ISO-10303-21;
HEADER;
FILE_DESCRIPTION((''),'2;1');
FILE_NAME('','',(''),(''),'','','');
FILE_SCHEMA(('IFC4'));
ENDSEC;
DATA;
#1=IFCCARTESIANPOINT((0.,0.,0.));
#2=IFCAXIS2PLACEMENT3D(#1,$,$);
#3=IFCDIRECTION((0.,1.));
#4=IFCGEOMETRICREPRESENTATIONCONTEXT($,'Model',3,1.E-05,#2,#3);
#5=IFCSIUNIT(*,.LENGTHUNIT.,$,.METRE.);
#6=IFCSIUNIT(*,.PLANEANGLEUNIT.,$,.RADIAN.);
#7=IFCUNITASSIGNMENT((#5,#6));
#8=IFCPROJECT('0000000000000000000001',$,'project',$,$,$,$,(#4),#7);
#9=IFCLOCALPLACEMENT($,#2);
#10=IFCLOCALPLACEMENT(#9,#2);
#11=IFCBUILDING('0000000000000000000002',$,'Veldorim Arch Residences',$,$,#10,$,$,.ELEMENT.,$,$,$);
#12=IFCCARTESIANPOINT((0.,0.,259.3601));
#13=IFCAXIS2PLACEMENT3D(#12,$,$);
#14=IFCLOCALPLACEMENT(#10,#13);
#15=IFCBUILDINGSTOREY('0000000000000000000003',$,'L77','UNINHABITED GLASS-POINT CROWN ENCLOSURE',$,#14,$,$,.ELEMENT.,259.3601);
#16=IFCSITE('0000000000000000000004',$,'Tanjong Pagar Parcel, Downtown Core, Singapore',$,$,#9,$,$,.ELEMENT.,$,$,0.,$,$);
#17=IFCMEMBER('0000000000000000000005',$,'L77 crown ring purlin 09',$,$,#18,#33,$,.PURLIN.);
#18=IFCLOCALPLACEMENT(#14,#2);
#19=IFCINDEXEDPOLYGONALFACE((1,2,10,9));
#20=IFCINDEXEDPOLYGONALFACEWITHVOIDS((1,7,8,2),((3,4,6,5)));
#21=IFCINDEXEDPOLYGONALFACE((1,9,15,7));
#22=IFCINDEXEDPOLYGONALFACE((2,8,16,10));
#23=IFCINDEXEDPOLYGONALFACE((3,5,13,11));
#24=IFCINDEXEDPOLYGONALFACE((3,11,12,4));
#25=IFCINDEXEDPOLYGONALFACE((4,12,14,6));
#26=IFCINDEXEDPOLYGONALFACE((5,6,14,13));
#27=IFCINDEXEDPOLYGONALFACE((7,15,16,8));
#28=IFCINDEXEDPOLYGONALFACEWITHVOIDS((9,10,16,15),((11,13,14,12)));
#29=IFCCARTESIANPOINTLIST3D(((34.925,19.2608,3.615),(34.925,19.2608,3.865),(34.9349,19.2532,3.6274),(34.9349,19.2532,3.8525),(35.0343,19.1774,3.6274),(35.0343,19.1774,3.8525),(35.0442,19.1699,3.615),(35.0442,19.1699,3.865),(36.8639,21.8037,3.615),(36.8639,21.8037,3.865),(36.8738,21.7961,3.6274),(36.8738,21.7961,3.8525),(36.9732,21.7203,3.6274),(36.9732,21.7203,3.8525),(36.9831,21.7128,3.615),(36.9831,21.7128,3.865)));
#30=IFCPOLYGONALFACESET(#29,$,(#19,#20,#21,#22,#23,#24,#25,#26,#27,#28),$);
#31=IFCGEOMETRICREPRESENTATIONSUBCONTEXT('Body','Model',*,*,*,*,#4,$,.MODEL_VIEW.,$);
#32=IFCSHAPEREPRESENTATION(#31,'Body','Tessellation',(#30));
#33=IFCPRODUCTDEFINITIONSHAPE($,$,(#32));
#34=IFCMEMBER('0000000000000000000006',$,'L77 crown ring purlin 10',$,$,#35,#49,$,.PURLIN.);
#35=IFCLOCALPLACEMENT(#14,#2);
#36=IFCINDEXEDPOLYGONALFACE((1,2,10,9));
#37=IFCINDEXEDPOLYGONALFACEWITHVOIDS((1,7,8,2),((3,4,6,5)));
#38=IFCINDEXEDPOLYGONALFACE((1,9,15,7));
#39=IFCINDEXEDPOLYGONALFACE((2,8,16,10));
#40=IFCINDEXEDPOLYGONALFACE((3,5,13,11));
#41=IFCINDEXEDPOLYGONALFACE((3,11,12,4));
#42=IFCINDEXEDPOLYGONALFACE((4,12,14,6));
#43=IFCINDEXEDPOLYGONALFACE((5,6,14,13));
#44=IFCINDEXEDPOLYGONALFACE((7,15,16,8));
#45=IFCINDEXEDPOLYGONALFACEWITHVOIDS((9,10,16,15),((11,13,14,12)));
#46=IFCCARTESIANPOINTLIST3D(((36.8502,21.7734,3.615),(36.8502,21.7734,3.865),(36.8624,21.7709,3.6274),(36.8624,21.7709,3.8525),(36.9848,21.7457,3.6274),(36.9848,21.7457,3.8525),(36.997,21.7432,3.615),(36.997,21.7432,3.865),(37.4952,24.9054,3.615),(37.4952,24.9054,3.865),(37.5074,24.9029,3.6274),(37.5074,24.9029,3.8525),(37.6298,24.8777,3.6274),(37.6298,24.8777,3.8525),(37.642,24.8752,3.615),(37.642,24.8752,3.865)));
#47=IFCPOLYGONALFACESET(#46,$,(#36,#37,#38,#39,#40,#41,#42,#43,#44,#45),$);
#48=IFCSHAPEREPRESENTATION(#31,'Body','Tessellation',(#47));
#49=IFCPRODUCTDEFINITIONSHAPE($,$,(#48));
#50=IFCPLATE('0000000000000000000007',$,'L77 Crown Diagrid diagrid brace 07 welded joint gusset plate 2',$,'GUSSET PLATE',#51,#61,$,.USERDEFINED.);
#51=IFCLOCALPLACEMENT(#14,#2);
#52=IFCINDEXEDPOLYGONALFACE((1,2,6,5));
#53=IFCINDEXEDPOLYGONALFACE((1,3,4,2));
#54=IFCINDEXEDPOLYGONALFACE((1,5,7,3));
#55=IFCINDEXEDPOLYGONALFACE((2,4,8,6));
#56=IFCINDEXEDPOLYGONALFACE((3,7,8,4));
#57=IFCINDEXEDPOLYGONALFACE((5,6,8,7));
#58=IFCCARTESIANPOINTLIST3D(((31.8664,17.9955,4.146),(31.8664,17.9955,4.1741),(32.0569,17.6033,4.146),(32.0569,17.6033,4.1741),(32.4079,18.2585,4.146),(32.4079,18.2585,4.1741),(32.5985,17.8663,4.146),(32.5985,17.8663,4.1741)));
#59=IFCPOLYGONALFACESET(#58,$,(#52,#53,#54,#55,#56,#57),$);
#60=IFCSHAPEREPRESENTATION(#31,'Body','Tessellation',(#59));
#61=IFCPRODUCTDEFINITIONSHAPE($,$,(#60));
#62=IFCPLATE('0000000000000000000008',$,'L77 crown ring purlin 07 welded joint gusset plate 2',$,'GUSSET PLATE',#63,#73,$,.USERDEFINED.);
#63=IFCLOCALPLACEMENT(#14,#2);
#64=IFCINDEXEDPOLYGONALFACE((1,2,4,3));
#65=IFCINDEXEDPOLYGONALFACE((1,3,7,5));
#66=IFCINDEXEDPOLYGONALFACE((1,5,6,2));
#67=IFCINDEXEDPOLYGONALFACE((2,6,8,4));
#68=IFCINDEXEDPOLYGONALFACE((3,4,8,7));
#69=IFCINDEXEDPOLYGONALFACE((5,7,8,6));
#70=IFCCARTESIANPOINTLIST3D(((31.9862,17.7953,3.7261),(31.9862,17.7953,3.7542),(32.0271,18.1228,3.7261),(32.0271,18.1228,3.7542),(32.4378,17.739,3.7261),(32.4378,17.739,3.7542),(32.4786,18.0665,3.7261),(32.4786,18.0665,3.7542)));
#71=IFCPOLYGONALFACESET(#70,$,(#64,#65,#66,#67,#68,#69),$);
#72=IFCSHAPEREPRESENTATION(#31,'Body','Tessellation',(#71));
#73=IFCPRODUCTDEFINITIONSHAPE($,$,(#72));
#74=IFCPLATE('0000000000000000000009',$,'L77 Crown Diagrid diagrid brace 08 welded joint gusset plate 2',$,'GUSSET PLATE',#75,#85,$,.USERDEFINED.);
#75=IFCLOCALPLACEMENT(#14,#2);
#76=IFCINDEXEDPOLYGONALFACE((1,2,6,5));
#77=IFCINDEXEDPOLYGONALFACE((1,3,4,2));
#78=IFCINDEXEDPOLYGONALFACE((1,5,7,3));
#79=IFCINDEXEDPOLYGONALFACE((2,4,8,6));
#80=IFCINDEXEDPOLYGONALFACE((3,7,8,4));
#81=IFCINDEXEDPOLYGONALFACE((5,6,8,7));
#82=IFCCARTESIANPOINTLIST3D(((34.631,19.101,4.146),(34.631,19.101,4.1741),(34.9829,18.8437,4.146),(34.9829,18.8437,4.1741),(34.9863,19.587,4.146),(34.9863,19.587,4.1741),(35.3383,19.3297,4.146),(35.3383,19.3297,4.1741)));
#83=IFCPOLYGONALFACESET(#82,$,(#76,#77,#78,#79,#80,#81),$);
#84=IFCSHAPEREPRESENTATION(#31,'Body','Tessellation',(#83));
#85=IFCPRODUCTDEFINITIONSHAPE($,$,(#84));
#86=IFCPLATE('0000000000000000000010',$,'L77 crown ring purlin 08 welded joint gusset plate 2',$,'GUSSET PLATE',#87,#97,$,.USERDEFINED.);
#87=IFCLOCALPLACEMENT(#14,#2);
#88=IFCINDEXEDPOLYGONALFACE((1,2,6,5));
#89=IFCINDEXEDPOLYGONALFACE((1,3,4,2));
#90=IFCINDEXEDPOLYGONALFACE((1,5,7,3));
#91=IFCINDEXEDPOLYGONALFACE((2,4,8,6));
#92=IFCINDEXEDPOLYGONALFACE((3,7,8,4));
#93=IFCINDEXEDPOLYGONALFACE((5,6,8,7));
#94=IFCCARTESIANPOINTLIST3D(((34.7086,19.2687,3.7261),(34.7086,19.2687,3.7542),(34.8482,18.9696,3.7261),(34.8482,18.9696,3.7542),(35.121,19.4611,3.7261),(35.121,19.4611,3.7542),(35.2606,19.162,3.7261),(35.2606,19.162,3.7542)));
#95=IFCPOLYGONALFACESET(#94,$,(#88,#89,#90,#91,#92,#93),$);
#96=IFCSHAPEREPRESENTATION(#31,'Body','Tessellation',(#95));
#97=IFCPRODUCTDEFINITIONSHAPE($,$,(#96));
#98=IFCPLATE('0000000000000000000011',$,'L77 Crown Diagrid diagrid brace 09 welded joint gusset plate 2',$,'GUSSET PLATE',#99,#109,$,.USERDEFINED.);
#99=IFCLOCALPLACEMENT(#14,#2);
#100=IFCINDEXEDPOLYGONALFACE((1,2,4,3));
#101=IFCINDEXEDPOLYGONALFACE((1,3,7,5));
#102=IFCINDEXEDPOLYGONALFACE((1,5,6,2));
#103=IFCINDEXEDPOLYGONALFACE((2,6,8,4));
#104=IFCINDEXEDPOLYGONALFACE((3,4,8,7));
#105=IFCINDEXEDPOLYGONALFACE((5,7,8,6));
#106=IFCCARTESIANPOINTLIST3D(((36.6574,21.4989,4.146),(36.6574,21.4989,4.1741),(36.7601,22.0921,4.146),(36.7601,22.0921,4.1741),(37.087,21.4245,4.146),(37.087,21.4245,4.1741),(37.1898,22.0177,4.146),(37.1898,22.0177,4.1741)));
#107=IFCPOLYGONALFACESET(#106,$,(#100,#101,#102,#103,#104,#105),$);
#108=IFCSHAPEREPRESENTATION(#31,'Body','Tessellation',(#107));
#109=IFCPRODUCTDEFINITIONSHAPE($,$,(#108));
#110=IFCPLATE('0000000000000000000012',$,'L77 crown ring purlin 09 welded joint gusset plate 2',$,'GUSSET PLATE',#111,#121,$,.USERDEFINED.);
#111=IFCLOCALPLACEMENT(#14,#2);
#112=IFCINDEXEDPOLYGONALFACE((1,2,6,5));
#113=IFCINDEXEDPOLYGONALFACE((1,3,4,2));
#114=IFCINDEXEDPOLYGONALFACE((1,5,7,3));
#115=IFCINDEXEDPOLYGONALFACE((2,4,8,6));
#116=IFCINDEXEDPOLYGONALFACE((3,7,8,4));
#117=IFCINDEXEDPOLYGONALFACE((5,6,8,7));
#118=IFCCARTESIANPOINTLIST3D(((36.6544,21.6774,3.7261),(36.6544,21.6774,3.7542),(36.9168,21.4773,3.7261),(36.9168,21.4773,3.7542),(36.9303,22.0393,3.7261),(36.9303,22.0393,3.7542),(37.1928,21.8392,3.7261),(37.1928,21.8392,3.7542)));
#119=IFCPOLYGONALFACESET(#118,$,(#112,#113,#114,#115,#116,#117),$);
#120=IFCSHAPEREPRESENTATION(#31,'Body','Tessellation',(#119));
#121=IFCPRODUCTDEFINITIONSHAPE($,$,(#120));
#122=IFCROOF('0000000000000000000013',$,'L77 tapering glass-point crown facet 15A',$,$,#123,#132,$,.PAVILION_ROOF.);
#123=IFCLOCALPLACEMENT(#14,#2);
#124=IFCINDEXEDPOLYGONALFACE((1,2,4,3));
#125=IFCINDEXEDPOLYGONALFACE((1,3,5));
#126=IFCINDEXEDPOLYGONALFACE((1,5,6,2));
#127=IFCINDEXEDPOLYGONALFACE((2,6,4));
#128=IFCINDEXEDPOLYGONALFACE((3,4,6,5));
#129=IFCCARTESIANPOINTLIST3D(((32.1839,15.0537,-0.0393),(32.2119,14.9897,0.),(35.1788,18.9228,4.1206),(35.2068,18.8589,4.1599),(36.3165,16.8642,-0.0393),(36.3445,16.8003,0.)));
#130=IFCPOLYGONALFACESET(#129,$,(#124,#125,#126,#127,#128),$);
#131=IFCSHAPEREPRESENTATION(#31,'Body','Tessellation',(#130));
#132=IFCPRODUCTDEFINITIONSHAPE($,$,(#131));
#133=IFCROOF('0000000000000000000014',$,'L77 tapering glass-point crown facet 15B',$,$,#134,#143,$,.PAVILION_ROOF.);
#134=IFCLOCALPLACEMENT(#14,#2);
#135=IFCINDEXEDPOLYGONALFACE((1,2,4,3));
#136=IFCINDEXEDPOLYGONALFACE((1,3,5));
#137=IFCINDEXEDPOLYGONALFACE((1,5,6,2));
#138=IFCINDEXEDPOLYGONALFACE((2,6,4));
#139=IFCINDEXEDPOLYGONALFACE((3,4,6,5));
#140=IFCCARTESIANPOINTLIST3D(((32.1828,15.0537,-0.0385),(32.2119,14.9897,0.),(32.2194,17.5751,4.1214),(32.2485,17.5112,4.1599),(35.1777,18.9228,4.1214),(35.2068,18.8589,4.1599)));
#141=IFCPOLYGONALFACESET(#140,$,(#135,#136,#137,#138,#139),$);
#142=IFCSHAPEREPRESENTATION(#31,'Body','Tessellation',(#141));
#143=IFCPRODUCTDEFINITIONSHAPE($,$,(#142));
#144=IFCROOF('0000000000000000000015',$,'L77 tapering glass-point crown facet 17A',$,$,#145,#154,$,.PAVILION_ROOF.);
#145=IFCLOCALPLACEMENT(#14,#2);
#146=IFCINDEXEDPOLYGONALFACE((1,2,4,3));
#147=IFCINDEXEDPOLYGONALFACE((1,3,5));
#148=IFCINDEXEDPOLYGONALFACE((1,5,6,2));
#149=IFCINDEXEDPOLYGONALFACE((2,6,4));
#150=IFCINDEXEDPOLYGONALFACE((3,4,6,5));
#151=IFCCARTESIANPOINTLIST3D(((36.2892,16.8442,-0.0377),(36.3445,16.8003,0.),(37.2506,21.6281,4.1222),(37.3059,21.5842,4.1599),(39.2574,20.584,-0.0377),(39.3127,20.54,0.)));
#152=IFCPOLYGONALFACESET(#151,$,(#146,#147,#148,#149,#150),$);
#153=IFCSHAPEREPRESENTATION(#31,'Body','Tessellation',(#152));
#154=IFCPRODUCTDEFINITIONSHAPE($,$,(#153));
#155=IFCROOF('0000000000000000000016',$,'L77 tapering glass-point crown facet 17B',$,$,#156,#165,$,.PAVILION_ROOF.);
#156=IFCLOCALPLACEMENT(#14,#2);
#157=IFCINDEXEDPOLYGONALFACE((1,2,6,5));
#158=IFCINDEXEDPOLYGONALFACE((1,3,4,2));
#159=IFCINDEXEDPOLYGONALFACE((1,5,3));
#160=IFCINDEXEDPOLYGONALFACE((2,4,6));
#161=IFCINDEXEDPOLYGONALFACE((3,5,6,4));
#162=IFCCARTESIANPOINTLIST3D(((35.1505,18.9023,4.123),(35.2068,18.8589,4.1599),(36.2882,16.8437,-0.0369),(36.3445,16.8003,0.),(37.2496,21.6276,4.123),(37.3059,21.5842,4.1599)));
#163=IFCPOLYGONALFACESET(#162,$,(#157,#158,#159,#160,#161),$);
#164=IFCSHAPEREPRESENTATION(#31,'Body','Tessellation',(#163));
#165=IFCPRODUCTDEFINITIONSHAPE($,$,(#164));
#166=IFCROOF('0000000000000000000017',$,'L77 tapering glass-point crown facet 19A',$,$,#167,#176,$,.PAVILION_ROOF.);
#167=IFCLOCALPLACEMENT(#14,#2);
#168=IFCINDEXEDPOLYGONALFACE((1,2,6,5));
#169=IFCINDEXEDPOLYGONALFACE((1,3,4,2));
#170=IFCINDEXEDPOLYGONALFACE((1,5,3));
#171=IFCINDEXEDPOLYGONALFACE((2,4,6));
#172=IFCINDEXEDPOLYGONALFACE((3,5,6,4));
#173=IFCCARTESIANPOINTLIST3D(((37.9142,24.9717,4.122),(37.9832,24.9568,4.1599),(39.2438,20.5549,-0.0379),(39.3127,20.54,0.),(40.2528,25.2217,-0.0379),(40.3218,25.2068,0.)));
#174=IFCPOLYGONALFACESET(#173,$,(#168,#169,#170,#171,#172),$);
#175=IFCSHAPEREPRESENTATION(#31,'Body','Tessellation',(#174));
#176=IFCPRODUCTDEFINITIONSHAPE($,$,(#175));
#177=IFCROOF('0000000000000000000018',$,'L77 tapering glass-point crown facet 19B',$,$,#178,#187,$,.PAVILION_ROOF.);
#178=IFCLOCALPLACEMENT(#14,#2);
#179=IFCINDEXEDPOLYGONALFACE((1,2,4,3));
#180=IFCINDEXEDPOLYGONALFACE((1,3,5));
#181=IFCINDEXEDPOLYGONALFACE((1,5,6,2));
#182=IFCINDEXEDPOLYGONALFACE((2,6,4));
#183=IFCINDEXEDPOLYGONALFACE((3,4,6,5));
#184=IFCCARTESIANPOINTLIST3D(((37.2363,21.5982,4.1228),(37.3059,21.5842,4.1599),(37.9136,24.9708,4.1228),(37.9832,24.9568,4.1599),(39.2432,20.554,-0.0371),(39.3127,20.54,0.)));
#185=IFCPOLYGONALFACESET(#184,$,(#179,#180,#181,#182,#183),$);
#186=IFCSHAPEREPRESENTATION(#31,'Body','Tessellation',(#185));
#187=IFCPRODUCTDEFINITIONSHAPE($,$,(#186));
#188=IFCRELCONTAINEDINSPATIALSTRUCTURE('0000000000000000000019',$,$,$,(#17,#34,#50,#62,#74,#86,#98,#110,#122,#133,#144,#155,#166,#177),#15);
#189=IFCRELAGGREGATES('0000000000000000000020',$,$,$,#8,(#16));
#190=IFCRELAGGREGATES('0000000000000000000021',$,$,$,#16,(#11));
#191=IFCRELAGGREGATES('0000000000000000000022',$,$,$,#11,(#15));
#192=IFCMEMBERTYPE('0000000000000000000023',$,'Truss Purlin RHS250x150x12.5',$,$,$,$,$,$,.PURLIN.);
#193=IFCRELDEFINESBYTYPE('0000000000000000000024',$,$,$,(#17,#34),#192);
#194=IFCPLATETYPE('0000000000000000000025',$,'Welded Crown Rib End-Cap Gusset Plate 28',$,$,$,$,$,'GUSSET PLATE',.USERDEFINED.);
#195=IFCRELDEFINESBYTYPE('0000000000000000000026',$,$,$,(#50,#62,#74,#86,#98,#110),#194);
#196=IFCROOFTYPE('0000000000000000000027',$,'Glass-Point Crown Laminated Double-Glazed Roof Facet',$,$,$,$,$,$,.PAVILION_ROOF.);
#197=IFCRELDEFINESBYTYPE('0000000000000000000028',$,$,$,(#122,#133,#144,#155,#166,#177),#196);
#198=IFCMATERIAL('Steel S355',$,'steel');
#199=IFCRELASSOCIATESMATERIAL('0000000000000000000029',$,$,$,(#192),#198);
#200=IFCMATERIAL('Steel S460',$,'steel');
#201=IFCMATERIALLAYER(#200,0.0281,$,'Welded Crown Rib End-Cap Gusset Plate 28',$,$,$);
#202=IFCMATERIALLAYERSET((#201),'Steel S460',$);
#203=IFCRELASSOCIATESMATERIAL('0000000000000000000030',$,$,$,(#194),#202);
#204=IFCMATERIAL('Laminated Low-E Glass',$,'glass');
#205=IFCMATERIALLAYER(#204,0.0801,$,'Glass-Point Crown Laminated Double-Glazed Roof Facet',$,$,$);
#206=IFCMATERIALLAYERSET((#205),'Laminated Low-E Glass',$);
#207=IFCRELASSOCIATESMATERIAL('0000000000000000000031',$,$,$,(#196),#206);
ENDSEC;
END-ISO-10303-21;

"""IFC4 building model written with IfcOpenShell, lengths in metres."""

from ifc_helpers import new_model, si_unit, direction, frame, origin, origin_2d, place, context, subcontext, project, spatial, polyline, rectangle, hollow_rectangle, outline, extrude, material, layer, layer_set, material_profile, profile_set, type_object, element, save


model = new_model("IFC4")

# Units and contexts
model_context = context("Model", 3, precision=1e-05, world=origin(), true_north=direction((0.0, 1.0)))
body_context = subcontext(model_context, "Body", "Model", "MODEL_VIEW")
ifc_project = project(units=[si_unit("LENGTHUNIT", "METRE"), si_unit("PLANEANGLEUNIT", "RADIAN")], contexts=[model_context])

# Site, building, storey
site_placement = place(None, origin())
site = spatial("IfcSite", under=ifc_project, at=site_placement, Name="Tanjong Pagar Parcel, Downtown Core, Singapore", CompositionType="ELEMENT", RefElevation=0.0)
building_placement = place(site_placement, origin())
building = spatial("IfcBuilding", under=site, at=building_placement, Name="Veldorim Arch Residences", CompositionType="ELEMENT")
storey_placement = place(building_placement, frame((0.0, 0.0, 259.3601)))
storey = spatial("IfcBuildingStorey", under=building, at=storey_placement, Name="L77", Description="UNINHABITED GLASS-POINT CROWN ENCLOSURE", CompositionType="ELEMENT", Elevation=259.3601)

# Members
ifc_material_1 = material(Name="Steel S355", Category="steel")
ifc_material_profile_1 = material_profile(ifc_material_1, hollow_rectangle(XDim=0.1499, YDim=0.25, WallThickness=0.0125, at=origin_2d()), Name="RHS250x150x12.5")
ifc_profile_set_1 = profile_set([ifc_material_profile_1], Name="Steel S355")
member_type_1 = type_object("IfcMemberType", Name="Truss Purlin RHS250x150x12.5", PredefinedType="PURLIN", material=ifc_profile_set_1)
for number, where, z_axis, x_axis, name in (
    (1, (34.9846, 19.2153, 3.74), (0.606333, 0.795211, 0.0), (-0.795211, 0.606333, 0.0), "L77 crown ring purlin 09"),
    (2, (36.9236, 21.7583, 3.74), (0.201707, 0.979446, 0.0), (-0.979446, 0.201707, 0.0), "L77 crown ring purlin 10"),
):
    element("IfcMember", number, at=place(storey_placement, frame(where, z_axis=z_axis, x_axis=x_axis)), inside=storey, type_object=member_type_1, Name=name, PredefinedType="PURLIN", context=body_context, shape_type="SweptSolid", body=[
        extrude(hollow_rectangle(XDim=0.1499, YDim=0.25, WallThickness=0.0125, at=origin_2d()), origin(), (0.0, 0.0, 1.0), 3.1978),
    ])

# Plates
ifc_material_2 = material(Name="Steel S460", Category="steel")
ifc_layer_1 = layer(ifc_material_2, 0.0281, Name="Welded Crown Rib End-Cap Gusset Plate 28")
ifc_layer_set_1 = layer_set([ifc_layer_1], Name="Steel S460")
plate_type = type_object("IfcPlateType", Name="Welded Crown Rib End-Cap Gusset Plate 28", ElementType="GUSSET PLATE", PredefinedType="USERDEFINED", material=ifc_layer_set_1)
plate_1_placement = place(storey_placement, frame((32.2324, 17.9309, 4.146), z_axis=(0.0, 0.0, 1.0), x_axis=(0.899482, 0.436959, 0.0)))
element("IfcPlate", 3, at=plate_1_placement, inside=storey, type_object=plate_type, Name="L77 Crown Diagrid diagrid brace 07 welded joint gusset plate 2", ObjectType="GUSSET PLATE", PredefinedType="USERDEFINED", context=body_context, shape_type="SweptSolid", body=[
    extrude(rectangle(XDim=0.6021, YDim=0.436, at=origin_2d()), origin(), (0.0, 0.0, 1.0), 0.0281),
])
plate_2_placement = place(storey_placement, frame((32.2324, 17.9309, 3.7261), z_axis=(0.0, 0.0, 1.0), x_axis=(0.992315, -0.12374, 0.0)))
element("IfcPlate", 4, at=plate_2_placement, inside=storey, type_object=plate_type, Name="L77 crown ring purlin 07 welded joint gusset plate 2", ObjectType="GUSSET PLATE", PredefinedType="USERDEFINED", context=body_context, shape_type="SweptSolid", body=[
    extrude(rectangle(XDim=0.4551, YDim=0.3301, at=origin_2d()), origin(), (0.0, 0.0, 1.0), 0.0281),
])
plate_3_placement = place(storey_placement, frame((34.9846, 19.2153, 4.146), z_axis=(0.0, 0.0, 1.0), x_axis=(0.590211, 0.807249, 0.0)))
element("IfcPlate", 5, at=plate_3_placement, inside=storey, type_object=plate_type, Name="L77 Crown Diagrid diagrid brace 08 welded joint gusset plate 2", ObjectType="GUSSET PLATE", PredefinedType="USERDEFINED", context=body_context, shape_type="SweptSolid", body=[
    extrude(rectangle(XDim=0.6021, YDim=0.436, at=origin_2d()), origin(), (0.0, 0.0, 1.0), 0.0281),
])
plate_4_placement = place(storey_placement, frame((34.9846, 19.2153, 3.7261), z_axis=(0.0, 0.0, 1.0), x_axis=(0.906175, 0.422903, 0.0)))
element("IfcPlate", 6, at=plate_4_placement, inside=storey, type_object=plate_type, Name="L77 crown ring purlin 08 welded joint gusset plate 2", ObjectType="GUSSET PLATE", PredefinedType="USERDEFINED", context=body_context, shape_type="SweptSolid", body=[
    extrude(rectangle(XDim=0.4551, YDim=0.3301, at=origin_2d()), origin(), (0.0, 0.0, 1.0), 0.0281),
])
plate_5_placement = place(storey_placement, frame((36.9236, 21.7583, 4.146), z_axis=(0.0, 0.0, 1.0), x_axis=(0.170639, 0.985334, 0.0)))
element("IfcPlate", 7, at=plate_5_placement, inside=storey, type_object=plate_type, Name="L77 Crown Diagrid diagrid brace 09 welded joint gusset plate 2", ObjectType="GUSSET PLATE", PredefinedType="USERDEFINED", context=body_context, shape_type="SweptSolid", body=[
    extrude(rectangle(XDim=0.6021, YDim=0.436, at=origin_2d()), origin(), (0.0, 0.0, 1.0), 0.0281),
])
plate_6_placement = place(storey_placement, frame((36.9236, 21.7583, 3.7261), z_axis=(0.0, 0.0, 1.0), x_axis=(0.606391, 0.795167, 0.0)))
element("IfcPlate", 8, at=plate_6_placement, inside=storey, type_object=plate_type, Name="L77 crown ring purlin 09 welded joint gusset plate 2", ObjectType="GUSSET PLATE", PredefinedType="USERDEFINED", context=body_context, shape_type="SweptSolid", body=[
    extrude(rectangle(XDim=0.4551, YDim=0.3301, at=origin_2d()), origin(), (0.0, 0.0, 1.0), 0.0281),
])

# Roofs
ifc_material_3 = material(Name="Laminated Low-E Glass", Category="glass")
ifc_layer_2 = layer(ifc_material_3, 0.0801, Name="Glass-Point Crown Laminated Double-Glazed Roof Facet")
ifc_layer_set_2 = layer_set([ifc_layer_2], Name="Laminated Low-E Glass")
roof_type = type_object("IfcRoofType", Name="Glass-Point Crown Laminated Double-Glazed Roof Facet", PredefinedType="PAVILION_ROOF", material=ifc_layer_set_2)
roof_1_placement = place(storey_placement, frame((32.2119, 14.9897, 0.0), z_axis=(0.349679, -0.798142, 0.490606), x_axis=(0.91595, 0.401293, 0.0)))
element("IfcRoof", 9, at=roof_1_placement, inside=storey, type_object=roof_type, Name="L77 tapering glass-point crown facet 15A", PredefinedType="PAVILION_ROOF", context=body_context, shape_type="SweptSolid", body=[
    extrude(outline(polyline([(0.0, 0.0), (4.5118, 0.0), (4.2958, 4.7739), (0.0, 0.0)])), origin(), (0.0, 0.0, -1.0), 0.0801),
])
roof_2_placement = place(storey_placement, frame((32.2119, 14.9897, 0.0), z_axis=(0.363564, -0.798063, 0.480537), x_axis=(0.466333, 0.602465, 0.647742)))
element("IfcRoof", 10, at=roof_2_placement, inside=storey, type_object=roof_type, Name="L77 tapering glass-point crown facet 15B", PredefinedType="PAVILION_ROOF", context=body_context, shape_type="SweptSolid", body=[
    extrude(outline(polyline([(0.0, 0.0), (6.4222, 0.0), (4.2307, 2.401), (0.0, 0.0)])), origin(), (0.0, 0.0, -1.0), 0.0801),
])
roof_3_placement = place(storey_placement, frame((36.3445, 16.8003, 0.0), z_axis=(0.690951, -0.548412, 0.470989), x_axis=(0.621685, 0.783268, 0.0)))
element("IfcRoof", 11, at=roof_3_placement, inside=storey, type_object=roof_type, Name="L77 tapering glass-point crown facet 17A", PredefinedType="PAVILION_ROOF", context=body_context, shape_type="SweptSolid", body=[
    extrude(outline(polyline([(0.0, 0.0), (4.7745, 0.0), (4.3448, 4.7157), (0.0, 0.0)])), origin(), (0.0, 0.0, -1.0), 0.0801),
])
roof_4_placement = place(storey_placement, frame((36.3445, 16.8003, 0.0), z_axis=(0.703283, -0.541685, 0.460402), x_axis=(0.149939, 0.746077, 0.648758)))
element("IfcRoof", 12, at=roof_4_placement, inside=storey, type_object=roof_type, Name="L77 tapering glass-point crown facet 17B", PredefinedType="PAVILION_ROOF", context=body_context, shape_type="SweptSolid", body=[
    extrude(outline(polyline([(0.0, 0.0), (6.4121, 0.0), (4.0641, 2.514), (0.0, 0.0)])), origin(), (0.0, 0.0, -1.0), 0.0801),
])
roof_5_placement = place(storey_placement, frame((39.3127, 20.54, 0.0), z_axis=(0.861187, -0.186204, 0.472953), x_axis=(0.211334, 0.977414, 0.0)))
element("IfcRoof", 13, at=roof_5_placement, inside=storey, type_object=roof_type, Name="L77 tapering glass-point crown facet 19A", PredefinedType="PAVILION_ROOF", context=body_context, shape_type="SweptSolid", body=[
    extrude(outline(polyline([(0.0, 0.0), (4.7746, 0.0), (4.036, 4.7213), (0.0, 0.0)])), origin(), (0.0, 0.0, -1.0), 0.0801),
])
roof_6_placement = place(storey_placement, frame((39.3127, 20.54, 0.0), z_axis=(0.868997, -0.174504, 0.463026), x_axis=(-0.21406, 0.711082, 0.669732)))
element("IfcRoof", 14, at=roof_6_placement, inside=storey, type_object=roof_type, Name="L77 tapering glass-point crown facet 19B", PredefinedType="PAVILION_ROOF", context=body_context, shape_type="SweptSolid", body=[
    extrude(outline(polyline([(0.0, 0.0), (6.2113, 0.0), (3.9581, 2.5992), (0.0, 0.0)])), origin(), (0.0, 0.0, -1.0), 0.0801),
])

save(model, "model.ifc")
